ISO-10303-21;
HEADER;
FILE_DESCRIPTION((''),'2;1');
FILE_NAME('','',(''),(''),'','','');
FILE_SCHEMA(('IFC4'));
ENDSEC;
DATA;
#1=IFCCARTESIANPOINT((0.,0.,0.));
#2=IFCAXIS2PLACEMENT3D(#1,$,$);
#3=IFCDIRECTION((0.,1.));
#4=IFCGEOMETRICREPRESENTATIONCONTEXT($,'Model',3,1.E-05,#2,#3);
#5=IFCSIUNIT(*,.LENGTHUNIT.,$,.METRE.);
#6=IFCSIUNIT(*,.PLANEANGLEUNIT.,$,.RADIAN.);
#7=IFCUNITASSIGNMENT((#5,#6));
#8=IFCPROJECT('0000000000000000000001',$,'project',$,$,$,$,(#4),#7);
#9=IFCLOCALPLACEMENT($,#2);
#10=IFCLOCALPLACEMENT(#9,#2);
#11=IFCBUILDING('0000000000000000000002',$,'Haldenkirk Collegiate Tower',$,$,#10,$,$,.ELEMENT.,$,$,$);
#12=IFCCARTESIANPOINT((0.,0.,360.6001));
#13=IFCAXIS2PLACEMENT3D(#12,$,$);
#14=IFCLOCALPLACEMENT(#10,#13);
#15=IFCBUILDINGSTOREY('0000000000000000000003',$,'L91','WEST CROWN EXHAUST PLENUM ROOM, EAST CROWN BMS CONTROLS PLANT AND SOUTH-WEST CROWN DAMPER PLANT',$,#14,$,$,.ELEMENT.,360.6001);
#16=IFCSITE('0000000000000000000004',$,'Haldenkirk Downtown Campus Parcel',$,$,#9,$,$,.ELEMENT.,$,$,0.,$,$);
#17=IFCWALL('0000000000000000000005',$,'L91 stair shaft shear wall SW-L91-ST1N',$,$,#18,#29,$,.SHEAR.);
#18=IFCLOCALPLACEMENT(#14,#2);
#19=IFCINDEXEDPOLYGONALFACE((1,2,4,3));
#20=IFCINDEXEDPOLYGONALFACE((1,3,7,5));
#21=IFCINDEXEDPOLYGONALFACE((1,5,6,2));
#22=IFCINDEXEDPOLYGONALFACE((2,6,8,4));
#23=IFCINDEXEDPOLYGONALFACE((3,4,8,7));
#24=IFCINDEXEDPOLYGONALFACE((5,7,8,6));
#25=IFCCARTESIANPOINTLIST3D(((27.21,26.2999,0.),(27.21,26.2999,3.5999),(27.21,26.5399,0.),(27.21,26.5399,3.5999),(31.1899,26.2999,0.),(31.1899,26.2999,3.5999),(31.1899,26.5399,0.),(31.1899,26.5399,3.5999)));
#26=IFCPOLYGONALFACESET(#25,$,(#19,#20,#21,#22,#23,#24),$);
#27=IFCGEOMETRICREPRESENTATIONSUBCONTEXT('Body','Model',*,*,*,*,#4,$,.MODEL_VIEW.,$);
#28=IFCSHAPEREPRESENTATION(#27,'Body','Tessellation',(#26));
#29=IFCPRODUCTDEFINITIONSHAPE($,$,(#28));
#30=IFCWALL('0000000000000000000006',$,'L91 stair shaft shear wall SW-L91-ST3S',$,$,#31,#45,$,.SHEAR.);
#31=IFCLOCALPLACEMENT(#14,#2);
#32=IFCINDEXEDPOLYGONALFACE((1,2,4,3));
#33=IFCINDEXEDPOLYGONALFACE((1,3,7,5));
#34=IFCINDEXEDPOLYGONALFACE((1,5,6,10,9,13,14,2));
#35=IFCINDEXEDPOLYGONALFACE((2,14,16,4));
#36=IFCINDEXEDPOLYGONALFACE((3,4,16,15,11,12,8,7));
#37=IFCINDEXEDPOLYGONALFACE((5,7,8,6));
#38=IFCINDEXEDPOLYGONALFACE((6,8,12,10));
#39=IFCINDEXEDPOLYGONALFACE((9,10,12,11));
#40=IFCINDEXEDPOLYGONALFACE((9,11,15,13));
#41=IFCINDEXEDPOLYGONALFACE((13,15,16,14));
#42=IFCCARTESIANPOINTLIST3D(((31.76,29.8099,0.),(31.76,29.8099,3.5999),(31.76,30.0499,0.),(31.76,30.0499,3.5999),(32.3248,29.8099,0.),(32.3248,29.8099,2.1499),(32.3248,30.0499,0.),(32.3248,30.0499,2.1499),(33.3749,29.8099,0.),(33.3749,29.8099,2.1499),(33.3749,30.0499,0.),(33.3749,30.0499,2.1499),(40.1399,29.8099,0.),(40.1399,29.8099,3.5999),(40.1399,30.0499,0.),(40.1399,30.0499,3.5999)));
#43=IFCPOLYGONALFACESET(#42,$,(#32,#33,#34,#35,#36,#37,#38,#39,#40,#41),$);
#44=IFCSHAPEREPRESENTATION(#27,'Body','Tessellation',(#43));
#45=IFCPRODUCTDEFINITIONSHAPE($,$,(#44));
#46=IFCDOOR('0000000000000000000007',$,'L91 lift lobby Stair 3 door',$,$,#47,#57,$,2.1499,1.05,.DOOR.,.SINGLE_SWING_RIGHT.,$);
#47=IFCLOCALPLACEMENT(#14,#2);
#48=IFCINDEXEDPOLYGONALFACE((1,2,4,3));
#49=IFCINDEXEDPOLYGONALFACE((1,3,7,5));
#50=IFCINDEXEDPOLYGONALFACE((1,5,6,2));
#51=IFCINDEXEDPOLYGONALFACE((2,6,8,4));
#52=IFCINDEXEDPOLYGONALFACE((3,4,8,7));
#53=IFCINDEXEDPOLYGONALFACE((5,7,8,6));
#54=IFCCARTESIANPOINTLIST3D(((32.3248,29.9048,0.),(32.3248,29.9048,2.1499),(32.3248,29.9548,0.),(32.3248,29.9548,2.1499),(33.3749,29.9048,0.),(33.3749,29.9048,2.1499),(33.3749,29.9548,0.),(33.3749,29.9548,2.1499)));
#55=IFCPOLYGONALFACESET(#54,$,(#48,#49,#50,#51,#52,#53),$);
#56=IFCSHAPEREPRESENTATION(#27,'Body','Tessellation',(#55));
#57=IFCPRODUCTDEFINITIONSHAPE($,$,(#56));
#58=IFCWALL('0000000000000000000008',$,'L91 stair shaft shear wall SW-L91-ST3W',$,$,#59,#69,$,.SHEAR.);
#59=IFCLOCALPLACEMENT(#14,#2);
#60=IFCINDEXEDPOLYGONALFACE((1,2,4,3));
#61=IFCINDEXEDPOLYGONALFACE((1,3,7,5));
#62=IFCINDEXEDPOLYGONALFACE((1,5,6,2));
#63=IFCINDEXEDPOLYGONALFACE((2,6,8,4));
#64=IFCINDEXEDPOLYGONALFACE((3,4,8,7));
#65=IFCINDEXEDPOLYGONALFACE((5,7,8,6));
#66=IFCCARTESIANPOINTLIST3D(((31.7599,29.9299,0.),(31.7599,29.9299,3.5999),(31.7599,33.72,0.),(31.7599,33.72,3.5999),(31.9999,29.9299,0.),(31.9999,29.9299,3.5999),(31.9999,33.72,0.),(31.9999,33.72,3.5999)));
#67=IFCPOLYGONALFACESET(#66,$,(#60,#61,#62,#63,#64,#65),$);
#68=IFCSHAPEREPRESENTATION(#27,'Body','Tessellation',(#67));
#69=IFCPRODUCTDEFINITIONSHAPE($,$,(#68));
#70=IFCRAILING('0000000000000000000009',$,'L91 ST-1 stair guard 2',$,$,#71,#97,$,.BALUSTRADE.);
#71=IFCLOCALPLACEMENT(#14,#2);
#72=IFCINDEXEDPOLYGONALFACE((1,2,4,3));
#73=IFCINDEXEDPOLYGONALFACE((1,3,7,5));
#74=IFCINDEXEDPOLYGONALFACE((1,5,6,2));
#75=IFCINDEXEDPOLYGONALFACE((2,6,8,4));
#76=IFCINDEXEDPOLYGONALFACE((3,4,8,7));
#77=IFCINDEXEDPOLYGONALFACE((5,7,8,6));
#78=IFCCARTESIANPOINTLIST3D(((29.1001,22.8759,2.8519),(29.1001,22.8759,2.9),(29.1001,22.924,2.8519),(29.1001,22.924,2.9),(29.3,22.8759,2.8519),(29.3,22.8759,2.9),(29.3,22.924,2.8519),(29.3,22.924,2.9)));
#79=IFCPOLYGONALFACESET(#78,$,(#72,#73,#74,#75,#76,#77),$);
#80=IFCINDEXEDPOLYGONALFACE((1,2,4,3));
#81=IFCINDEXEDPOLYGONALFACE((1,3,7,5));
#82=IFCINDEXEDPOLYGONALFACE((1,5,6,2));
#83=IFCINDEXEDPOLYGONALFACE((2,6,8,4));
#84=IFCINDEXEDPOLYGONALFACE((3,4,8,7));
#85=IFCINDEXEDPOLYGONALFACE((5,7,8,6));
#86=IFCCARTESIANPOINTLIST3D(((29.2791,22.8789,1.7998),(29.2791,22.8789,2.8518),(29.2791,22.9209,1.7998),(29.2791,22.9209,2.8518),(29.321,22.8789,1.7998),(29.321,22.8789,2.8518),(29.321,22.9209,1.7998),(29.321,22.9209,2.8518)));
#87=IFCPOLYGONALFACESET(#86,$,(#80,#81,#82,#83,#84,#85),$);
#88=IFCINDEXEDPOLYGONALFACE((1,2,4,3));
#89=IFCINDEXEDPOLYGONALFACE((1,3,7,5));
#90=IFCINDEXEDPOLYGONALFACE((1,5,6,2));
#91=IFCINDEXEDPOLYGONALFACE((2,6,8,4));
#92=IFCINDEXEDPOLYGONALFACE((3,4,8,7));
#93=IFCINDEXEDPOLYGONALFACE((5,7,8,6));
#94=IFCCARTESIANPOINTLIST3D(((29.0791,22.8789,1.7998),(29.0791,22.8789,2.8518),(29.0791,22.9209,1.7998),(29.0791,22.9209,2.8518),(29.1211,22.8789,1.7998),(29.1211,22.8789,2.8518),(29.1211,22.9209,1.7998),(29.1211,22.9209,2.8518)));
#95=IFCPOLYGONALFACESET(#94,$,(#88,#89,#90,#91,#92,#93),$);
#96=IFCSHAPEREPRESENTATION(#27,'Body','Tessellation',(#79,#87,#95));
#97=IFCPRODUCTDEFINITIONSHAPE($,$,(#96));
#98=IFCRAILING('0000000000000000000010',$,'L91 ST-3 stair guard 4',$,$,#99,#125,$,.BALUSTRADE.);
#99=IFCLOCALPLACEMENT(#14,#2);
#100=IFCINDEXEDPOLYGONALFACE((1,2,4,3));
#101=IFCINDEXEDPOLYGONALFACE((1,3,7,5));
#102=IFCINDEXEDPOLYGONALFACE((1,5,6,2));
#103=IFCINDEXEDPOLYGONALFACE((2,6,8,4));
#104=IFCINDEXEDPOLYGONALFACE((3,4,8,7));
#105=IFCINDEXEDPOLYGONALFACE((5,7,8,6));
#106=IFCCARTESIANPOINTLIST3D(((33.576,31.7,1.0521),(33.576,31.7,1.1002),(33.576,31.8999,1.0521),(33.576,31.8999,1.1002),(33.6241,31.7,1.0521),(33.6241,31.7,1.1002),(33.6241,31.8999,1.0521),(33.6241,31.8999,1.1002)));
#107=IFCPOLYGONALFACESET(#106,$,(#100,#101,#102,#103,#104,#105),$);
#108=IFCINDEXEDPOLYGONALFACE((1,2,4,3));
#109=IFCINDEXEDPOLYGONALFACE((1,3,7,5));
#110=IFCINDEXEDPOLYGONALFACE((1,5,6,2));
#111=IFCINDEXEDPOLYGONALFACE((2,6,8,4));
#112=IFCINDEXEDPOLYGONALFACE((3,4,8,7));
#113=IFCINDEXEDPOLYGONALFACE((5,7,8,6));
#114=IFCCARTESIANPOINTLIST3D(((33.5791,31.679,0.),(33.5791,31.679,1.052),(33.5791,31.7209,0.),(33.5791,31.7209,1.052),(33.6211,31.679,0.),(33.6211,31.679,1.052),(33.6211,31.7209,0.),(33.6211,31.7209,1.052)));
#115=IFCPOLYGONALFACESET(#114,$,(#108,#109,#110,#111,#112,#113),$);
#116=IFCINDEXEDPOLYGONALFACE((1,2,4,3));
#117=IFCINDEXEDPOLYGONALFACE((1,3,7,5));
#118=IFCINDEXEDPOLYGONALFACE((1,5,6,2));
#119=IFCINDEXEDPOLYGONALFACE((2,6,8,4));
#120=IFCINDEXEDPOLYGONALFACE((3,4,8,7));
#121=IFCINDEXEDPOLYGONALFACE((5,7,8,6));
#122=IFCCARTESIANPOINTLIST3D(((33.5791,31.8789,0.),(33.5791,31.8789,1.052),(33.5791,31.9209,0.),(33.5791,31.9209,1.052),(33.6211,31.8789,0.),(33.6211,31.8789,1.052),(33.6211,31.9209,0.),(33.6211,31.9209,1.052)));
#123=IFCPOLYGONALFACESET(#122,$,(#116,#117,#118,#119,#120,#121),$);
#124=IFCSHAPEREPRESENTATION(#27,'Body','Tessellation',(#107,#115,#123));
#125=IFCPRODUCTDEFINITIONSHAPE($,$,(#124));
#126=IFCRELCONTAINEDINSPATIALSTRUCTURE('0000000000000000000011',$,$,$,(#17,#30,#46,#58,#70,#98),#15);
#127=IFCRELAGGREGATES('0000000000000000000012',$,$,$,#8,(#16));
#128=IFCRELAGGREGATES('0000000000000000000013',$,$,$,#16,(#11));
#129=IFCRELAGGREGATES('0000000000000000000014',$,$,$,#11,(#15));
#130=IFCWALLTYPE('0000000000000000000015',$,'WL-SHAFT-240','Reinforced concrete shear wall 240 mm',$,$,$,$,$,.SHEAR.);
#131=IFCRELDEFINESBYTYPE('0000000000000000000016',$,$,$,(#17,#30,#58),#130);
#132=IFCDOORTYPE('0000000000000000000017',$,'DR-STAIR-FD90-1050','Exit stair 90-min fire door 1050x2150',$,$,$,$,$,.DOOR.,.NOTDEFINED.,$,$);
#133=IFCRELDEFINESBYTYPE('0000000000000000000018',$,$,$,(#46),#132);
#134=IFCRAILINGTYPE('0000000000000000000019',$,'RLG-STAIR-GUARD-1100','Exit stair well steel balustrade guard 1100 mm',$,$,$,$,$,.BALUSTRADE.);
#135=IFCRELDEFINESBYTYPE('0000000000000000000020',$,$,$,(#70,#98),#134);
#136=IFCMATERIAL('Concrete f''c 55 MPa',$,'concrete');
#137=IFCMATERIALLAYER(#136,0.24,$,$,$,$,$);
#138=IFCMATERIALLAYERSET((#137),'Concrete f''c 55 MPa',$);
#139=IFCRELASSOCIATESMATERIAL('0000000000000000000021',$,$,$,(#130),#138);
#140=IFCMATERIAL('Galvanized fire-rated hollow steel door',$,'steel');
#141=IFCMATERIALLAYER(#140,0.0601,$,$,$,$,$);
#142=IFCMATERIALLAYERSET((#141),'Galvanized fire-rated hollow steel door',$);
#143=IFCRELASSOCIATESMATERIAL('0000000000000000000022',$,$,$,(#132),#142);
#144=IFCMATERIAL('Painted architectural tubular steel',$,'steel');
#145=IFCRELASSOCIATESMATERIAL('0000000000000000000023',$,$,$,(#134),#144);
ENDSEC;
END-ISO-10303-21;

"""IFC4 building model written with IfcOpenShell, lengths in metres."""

from ifc_helpers import new_model, si_unit, direction, frame, frame_2d, origin, origin_2d, place, context, subcontext, project, spatial, rectangle, extrude, material, layer, layer_set, type_object, element, fill, save


model = new_model("IFC4")

# Units and contexts
model_context = context("Model", 3, precision=1e-05, world=origin(), true_north=direction((0.0, 1.0)))
body_context = subcontext(model_context, "Body", "Model", "MODEL_VIEW")
ifc_project = project(units=[si_unit("LENGTHUNIT", "METRE"), si_unit("PLANEANGLEUNIT", "RADIAN")], contexts=[model_context])

# Site, building, storey
site_placement = place(None, origin())
site = spatial("IfcSite", under=ifc_project, at=site_placement, Name="Haldenkirk Downtown Campus Parcel", CompositionType="ELEMENT", RefElevation=0.0)
building_placement = place(site_placement, origin())
building = spatial("IfcBuilding", under=site, at=building_placement, Name="Haldenkirk Collegiate Tower", CompositionType="ELEMENT")
storey_placement = place(building_placement, frame((0.0, 0.0, 360.6001)))
storey = spatial("IfcBuildingStorey", under=building, at=storey_placement, Name="L91", Description="WEST CROWN EXHAUST PLENUM ROOM, EAST CROWN BMS CONTROLS PLANT AND SOUTH-WEST CROWN DAMPER PLANT", CompositionType="ELEMENT", Elevation=360.6001)

# Shared definitions
ifc_material_1 = material(Name="Concrete f'c 55 MPa", Category="concrete")

# Wall
ifc_layer_1 = layer(ifc_material_1, 0.24)
ifc_layer_set_1 = layer_set([ifc_layer_1], Name="Concrete f'c 55 MPa")
wall_type_1 = type_object("IfcWallType", Name="WL-SHAFT-240", Description="Reinforced concrete shear wall 240 mm", PredefinedType="SHEAR", material=ifc_layer_set_1)
wall_1_placement = place(storey_placement, frame((27.21, 26.4199, 0.0), z_axis=(0.0, 0.0, 1.0), x_axis=(1.0, 0.0, 0.0)))
element("IfcWall", 1, at=wall_1_placement, inside=storey, type_object=wall_type_1, Name="L91 stair shaft shear wall SW-L91-ST1N", PredefinedType="SHEAR", context=body_context, shape_type="SweptSolid", body=[
    extrude(rectangle(XDim=3.98, YDim=0.24, at=frame_2d((1.99, 0.0))), origin(), (0.0, 0.0, 1.0), 3.5999),
])

# Wall, opening, door
wall_2_placement = place(storey_placement, frame((31.76, 29.9299, 0.0), z_axis=(0.0, 0.0, 1.0), x_axis=(1.0, 0.0, 0.0)))
wall_2 = element("IfcWall", 2, at=wall_2_placement, inside=storey, type_object=wall_type_1, Name="L91 stair shaft shear wall SW-L91-ST3S", PredefinedType="SHEAR", context=body_context, shape_type="SweptSolid", body=[
    extrude(rectangle(XDim=8.3799, YDim=0.24, at=frame_2d((4.1899, 0.0))), origin(), (0.0, 0.0, 1.0), 3.5999),
])
opening_1_placement = place(wall_2_placement, frame((0.5649, 0.0, 0.0)))
opening_1 = element("IfcOpeningElement", 3, at=opening_1_placement, cuts=wall_2, PredefinedType="OPENING", context=body_context, shape_type="SweptSolid", body=[
    extrude(rectangle(XDim=1.05, YDim=2.1499, at=frame_2d((0.5249, 1.075))), frame((0.0, 0.1299, 0.0), z_axis=(0.0, -1.0, 0.0), x_axis=(1.0, 0.0, 0.0)), (0.0, 0.0, 1.0), 0.26),
])
ifc_material_2 = material(Name="Galvanized fire-rated hollow steel door", Category="steel")
ifc_layer_2 = layer(ifc_material_2, 0.0601)
ifc_layer_set_2 = layer_set([ifc_layer_2], Name="Galvanized fire-rated hollow steel door")
door_type_1 = type_object("IfcDoorType", Name="DR-STAIR-FD90-1050", Description="Exit stair 90-min fire door 1050x2150", OperationType="NOTDEFINED", PredefinedType="DOOR", material=ifc_layer_set_2)
door_1_placement = place(opening_1_placement, origin())
door_1 = element("IfcDoor", 4, at=door_1_placement, inside=storey, type_object=door_type_1, Name="L91 lift lobby Stair 3 door", OperationType="SINGLE_SWING_RIGHT", OverallHeight=2.1499, OverallWidth=1.05, PredefinedType="DOOR", context=body_context, shape_type="SweptSolid", body=[
    extrude(rectangle(XDim=1.05, YDim=2.1499, at=frame_2d((0.5249, 1.075))), frame((0.0, 0.0249, 0.0), z_axis=(0.0, -1.0, 0.0), x_axis=(1.0, 0.0, 0.0)), (0.0, 0.0, 1.0), 0.05),
])
fill(opening_1, door_1)

# Wall
wall_3_placement = place(storey_placement, frame((31.8799, 29.9299, 0.0), z_axis=(0.0, 0.0, 1.0), x_axis=(0.0, 1.0, 0.0)))
element("IfcWall", 5, at=wall_3_placement, inside=storey, type_object=wall_type_1, Name="L91 stair shaft shear wall SW-L91-ST3W", PredefinedType="SHEAR", context=body_context, shape_type="SweptSolid", body=[
    extrude(rectangle(XDim=3.79, YDim=0.24, at=frame_2d((1.895, 0.0))), origin(), (0.0, 0.0, 1.0), 3.5999),
])

# Railings
ifc_material_3 = material(Name="Painted architectural tubular steel", Category="steel")
railing_type = type_object("IfcRailingType", Name="RLG-STAIR-GUARD-1100", Description="Exit stair well steel balustrade guard 1100 mm", PredefinedType="BALUSTRADE", material=ifc_material_3)
railing_1_placement = place(storey_placement, frame((29.3, 22.8999, 1.7998)))
element("IfcRailing", 6, at=railing_1_placement, inside=storey, type_object=railing_type, Name="L91 ST-1 stair guard 2", PredefinedType="BALUSTRADE", context=body_context, shape_type="SweptSolid", body=[
    extrude(rectangle(XDim=0.0481, YDim=0.0481, at=origin_2d()), frame((0.0, 0.0, 1.0762), z_axis=(-1.0, 0.0, 0.0), x_axis=(0.0, -1.0, 0.0)), (0.0, 0.0, 1.0), 0.2),
    extrude(rectangle(XDim=0.042, YDim=0.042, at=origin_2d()), origin(), (0.0, 0.0, 1.0), 1.052),
    extrude(rectangle(XDim=0.042, YDim=0.042, at=origin_2d()), frame((-0.2, 0.0, 0.0)), (0.0, 0.0, 1.0), 1.052),
])
railing_2_placement = place(storey_placement, frame((33.6001, 31.7, 0.0)))
element("IfcRailing", 7, at=railing_2_placement, inside=storey, type_object=railing_type, Name="L91 ST-3 stair guard 4", PredefinedType="BALUSTRADE", context=body_context, shape_type="SweptSolid", body=[
    extrude(rectangle(XDim=0.0481, YDim=0.0481, at=origin_2d()), frame((0.0, 0.0, 1.0762), z_axis=(0.0, 1.0, 0.0), x_axis=(-1.0, 0.0, 0.0)), (0.0, 0.0, 1.0), 0.2),
    extrude(rectangle(XDim=0.042, YDim=0.042, at=origin_2d()), origin(), (0.0, 0.0, 1.0), 1.052),
    extrude(rectangle(XDim=0.042, YDim=0.042, at=origin_2d()), frame((0.0, 0.2, 0.0)), (0.0, 0.0, 1.0), 1.052),
])

save(model, "model.ifc")
